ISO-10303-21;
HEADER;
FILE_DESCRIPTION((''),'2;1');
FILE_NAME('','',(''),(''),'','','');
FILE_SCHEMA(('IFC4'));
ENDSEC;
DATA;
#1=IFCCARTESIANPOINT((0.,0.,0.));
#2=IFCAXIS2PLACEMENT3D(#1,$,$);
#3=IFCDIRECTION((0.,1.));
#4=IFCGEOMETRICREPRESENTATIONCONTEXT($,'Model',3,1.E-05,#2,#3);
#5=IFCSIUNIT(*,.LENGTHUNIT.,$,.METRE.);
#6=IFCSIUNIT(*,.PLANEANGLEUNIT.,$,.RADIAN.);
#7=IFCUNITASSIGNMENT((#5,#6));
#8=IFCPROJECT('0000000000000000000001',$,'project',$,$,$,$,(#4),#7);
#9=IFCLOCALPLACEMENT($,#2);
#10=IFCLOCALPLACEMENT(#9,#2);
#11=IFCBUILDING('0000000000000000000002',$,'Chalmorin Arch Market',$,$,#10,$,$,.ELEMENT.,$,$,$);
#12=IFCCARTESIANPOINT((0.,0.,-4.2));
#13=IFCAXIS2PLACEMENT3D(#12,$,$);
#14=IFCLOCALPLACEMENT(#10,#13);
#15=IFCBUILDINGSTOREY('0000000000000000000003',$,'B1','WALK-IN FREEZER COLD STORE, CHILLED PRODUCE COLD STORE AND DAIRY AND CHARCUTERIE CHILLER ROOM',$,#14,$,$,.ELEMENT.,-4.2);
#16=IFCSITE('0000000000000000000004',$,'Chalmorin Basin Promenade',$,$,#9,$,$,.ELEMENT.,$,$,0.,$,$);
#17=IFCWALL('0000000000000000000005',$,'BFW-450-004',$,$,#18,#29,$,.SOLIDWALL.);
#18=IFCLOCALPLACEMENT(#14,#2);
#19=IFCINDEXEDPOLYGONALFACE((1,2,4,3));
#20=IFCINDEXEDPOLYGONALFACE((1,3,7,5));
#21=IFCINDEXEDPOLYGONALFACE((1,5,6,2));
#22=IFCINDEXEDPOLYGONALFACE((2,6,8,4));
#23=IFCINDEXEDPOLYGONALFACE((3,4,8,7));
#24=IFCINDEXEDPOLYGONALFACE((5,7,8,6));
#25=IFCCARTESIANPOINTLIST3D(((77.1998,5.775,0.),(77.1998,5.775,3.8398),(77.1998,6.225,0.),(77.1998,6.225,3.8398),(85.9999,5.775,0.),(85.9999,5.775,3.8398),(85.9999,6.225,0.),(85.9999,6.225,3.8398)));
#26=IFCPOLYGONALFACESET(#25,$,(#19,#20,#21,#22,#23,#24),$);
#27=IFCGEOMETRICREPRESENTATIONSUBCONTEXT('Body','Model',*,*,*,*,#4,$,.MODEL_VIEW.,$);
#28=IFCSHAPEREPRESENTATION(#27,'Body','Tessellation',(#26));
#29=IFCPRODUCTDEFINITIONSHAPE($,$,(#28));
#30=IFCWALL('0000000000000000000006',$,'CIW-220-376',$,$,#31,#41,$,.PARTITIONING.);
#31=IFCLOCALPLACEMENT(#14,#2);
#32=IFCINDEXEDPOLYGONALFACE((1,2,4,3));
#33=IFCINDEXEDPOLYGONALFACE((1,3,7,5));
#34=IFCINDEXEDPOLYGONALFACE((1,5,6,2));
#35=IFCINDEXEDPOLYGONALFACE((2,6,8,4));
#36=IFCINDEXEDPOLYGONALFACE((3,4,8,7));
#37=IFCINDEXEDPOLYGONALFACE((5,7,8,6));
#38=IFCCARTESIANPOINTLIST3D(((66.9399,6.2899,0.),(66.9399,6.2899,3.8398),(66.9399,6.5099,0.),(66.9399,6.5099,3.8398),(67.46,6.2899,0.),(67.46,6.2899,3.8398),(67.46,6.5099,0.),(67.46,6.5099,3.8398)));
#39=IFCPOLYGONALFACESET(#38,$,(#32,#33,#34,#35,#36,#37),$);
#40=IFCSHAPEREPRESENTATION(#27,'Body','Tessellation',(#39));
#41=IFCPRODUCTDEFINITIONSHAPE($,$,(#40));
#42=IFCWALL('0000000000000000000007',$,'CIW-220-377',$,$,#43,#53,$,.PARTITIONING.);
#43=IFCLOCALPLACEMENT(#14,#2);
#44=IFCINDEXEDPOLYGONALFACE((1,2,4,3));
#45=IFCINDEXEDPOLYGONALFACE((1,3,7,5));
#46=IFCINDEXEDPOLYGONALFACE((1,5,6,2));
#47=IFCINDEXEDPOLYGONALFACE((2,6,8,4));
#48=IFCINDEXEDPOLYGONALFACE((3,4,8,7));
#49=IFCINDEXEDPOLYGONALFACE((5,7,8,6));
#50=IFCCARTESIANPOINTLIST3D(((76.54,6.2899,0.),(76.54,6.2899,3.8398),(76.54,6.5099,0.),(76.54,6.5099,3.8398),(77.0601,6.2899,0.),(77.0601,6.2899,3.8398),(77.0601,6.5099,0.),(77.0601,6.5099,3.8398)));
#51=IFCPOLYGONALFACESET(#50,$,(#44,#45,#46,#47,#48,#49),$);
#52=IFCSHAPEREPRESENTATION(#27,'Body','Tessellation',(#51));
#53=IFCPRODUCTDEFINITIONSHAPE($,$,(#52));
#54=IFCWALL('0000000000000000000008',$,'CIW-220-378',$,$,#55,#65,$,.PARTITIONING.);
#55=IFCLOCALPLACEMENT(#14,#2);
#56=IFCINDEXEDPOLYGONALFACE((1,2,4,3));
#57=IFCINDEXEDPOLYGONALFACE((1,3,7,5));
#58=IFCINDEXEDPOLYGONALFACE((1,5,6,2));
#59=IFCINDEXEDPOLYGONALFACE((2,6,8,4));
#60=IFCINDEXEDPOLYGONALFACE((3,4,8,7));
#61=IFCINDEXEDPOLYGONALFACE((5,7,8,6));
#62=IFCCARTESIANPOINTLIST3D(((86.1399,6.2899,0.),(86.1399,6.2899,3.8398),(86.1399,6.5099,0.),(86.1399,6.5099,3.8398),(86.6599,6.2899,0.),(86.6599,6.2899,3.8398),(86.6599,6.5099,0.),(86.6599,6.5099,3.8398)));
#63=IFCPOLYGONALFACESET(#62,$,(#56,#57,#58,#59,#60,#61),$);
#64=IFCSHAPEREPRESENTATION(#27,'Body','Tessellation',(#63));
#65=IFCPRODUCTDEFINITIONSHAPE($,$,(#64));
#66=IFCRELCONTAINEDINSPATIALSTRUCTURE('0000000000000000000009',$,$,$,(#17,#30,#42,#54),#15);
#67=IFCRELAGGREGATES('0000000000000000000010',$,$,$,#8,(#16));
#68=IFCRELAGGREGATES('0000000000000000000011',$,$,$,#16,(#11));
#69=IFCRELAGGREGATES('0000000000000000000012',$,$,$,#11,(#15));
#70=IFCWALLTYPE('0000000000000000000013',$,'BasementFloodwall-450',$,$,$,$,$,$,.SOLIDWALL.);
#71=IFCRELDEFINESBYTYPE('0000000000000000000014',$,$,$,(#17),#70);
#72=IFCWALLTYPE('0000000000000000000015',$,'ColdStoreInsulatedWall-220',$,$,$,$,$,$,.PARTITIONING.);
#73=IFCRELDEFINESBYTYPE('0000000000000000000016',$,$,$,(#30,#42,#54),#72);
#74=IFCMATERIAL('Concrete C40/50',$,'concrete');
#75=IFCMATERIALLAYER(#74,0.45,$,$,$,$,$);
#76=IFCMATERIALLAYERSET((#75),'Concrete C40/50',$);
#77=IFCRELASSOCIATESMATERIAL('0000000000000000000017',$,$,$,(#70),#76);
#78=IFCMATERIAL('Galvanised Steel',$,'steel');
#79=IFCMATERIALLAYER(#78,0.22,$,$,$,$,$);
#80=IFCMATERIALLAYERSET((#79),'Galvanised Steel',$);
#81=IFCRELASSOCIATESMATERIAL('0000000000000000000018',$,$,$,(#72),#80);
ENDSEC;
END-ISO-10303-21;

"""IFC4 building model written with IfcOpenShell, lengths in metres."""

from ifc_helpers import new_model, si_unit, direction, frame, frame_2d, origin, place, context, subcontext, project, spatial, rectangle, extrude, material, layer, layer_set, type_object, element, save


model = new_model("IFC4")

# Units and contexts
model_context = context("Model", 3, precision=1e-05, world=origin(), true_north=direction((0.0, 1.0)))
body_context = subcontext(model_context, "Body", "Model", "MODEL_VIEW")
ifc_project = project(units=[si_unit("LENGTHUNIT", "METRE"), si_unit("PLANEANGLEUNIT", "RADIAN")], contexts=[model_context])

# Site, building, storey
site_placement = place(None, origin())
site = spatial("IfcSite", under=ifc_project, at=site_placement, Name="Chalmorin Basin Promenade", CompositionType="ELEMENT", RefElevation=0.0)
building_placement = place(site_placement, origin())
building = spatial("IfcBuilding", under=site, at=building_placement, Name="Chalmorin Arch Market", CompositionType="ELEMENT")
storey_placement = place(building_placement, frame((0.0, 0.0, -4.2)))
storey = spatial("IfcBuildingStorey", under=building, at=storey_placement, Name="B1", Description="WALK-IN FREEZER COLD STORE, CHILLED PRODUCE COLD STORE AND DAIRY AND CHARCUTERIE CHILLER ROOM", CompositionType="ELEMENT", Elevation=-4.2)

# Shared definitions
ifc_material_1 = material(Name="Concrete C40/50", Category="concrete")

# Walls
ifc_layer_1 = layer(ifc_material_1, 0.45)
ifc_layer_set_1 = layer_set([ifc_layer_1], Name="Concrete C40/50")
wall_type_1 = type_object("IfcWallType", Name="BasementFloodwall-450", PredefinedType="SOLIDWALL", material=ifc_layer_set_1)
wall_1_placement = place(storey_placement, frame((77.2, 6.0, 0.0), z_axis=(0.0, 0.0, 1.0), x_axis=(1.0, 0.0, 0.0)))
element("IfcWall", 1, at=wall_1_placement, inside=storey, type_object=wall_type_1, Name="BFW-450-004", PredefinedType="SOLIDWALL", context=body_context, shape_type="SweptSolid", body=[
    extrude(rectangle(XDim=8.8, YDim=0.45, at=frame_2d((4.3999, 0.0))), origin(), (0.0, 0.0, 1.0), 3.8398),
])
ifc_material_2 = material(Name="Galvanised Steel", Category="steel")
ifc_layer_2 = layer(ifc_material_2, 0.22)
ifc_layer_set_2 = layer_set([ifc_layer_2], Name="Galvanised Steel")
wall_type_2 = type_object("IfcWallType", Name="ColdStoreInsulatedWall-220", PredefinedType="PARTITIONING", material=ifc_layer_set_2)
for number, where, z_axis, x_axis, name in (
    (2, (66.9399, 6.3999, 0.0), (0.0, 0.0, 1.0), (1.0, 0.0, 0.0), "CIW-220-376"),
    (3, (76.54, 6.3999, 0.0), (0.0, 0.0, 1.0), (1.0, 0.0, 0.0), "CIW-220-377"),
    (4, (86.1399, 6.3999, 0.0), (0.0, 0.0, 1.0), (1.0, 0.0, 0.0), "CIW-220-378"),
):
    element("IfcWall", number, at=place(storey_placement, frame(where, z_axis=z_axis, x_axis=x_axis)), inside=storey, type_object=wall_type_2, Name=name, PredefinedType="PARTITIONING", context=body_context, shape_type="SweptSolid", body=[
        extrude(rectangle(XDim=0.52, YDim=0.22, at=frame_2d((0.26, 0.0))), origin(), (0.0, 0.0, 1.0), 3.8398),
    ])

save(model, "model.ifc")
